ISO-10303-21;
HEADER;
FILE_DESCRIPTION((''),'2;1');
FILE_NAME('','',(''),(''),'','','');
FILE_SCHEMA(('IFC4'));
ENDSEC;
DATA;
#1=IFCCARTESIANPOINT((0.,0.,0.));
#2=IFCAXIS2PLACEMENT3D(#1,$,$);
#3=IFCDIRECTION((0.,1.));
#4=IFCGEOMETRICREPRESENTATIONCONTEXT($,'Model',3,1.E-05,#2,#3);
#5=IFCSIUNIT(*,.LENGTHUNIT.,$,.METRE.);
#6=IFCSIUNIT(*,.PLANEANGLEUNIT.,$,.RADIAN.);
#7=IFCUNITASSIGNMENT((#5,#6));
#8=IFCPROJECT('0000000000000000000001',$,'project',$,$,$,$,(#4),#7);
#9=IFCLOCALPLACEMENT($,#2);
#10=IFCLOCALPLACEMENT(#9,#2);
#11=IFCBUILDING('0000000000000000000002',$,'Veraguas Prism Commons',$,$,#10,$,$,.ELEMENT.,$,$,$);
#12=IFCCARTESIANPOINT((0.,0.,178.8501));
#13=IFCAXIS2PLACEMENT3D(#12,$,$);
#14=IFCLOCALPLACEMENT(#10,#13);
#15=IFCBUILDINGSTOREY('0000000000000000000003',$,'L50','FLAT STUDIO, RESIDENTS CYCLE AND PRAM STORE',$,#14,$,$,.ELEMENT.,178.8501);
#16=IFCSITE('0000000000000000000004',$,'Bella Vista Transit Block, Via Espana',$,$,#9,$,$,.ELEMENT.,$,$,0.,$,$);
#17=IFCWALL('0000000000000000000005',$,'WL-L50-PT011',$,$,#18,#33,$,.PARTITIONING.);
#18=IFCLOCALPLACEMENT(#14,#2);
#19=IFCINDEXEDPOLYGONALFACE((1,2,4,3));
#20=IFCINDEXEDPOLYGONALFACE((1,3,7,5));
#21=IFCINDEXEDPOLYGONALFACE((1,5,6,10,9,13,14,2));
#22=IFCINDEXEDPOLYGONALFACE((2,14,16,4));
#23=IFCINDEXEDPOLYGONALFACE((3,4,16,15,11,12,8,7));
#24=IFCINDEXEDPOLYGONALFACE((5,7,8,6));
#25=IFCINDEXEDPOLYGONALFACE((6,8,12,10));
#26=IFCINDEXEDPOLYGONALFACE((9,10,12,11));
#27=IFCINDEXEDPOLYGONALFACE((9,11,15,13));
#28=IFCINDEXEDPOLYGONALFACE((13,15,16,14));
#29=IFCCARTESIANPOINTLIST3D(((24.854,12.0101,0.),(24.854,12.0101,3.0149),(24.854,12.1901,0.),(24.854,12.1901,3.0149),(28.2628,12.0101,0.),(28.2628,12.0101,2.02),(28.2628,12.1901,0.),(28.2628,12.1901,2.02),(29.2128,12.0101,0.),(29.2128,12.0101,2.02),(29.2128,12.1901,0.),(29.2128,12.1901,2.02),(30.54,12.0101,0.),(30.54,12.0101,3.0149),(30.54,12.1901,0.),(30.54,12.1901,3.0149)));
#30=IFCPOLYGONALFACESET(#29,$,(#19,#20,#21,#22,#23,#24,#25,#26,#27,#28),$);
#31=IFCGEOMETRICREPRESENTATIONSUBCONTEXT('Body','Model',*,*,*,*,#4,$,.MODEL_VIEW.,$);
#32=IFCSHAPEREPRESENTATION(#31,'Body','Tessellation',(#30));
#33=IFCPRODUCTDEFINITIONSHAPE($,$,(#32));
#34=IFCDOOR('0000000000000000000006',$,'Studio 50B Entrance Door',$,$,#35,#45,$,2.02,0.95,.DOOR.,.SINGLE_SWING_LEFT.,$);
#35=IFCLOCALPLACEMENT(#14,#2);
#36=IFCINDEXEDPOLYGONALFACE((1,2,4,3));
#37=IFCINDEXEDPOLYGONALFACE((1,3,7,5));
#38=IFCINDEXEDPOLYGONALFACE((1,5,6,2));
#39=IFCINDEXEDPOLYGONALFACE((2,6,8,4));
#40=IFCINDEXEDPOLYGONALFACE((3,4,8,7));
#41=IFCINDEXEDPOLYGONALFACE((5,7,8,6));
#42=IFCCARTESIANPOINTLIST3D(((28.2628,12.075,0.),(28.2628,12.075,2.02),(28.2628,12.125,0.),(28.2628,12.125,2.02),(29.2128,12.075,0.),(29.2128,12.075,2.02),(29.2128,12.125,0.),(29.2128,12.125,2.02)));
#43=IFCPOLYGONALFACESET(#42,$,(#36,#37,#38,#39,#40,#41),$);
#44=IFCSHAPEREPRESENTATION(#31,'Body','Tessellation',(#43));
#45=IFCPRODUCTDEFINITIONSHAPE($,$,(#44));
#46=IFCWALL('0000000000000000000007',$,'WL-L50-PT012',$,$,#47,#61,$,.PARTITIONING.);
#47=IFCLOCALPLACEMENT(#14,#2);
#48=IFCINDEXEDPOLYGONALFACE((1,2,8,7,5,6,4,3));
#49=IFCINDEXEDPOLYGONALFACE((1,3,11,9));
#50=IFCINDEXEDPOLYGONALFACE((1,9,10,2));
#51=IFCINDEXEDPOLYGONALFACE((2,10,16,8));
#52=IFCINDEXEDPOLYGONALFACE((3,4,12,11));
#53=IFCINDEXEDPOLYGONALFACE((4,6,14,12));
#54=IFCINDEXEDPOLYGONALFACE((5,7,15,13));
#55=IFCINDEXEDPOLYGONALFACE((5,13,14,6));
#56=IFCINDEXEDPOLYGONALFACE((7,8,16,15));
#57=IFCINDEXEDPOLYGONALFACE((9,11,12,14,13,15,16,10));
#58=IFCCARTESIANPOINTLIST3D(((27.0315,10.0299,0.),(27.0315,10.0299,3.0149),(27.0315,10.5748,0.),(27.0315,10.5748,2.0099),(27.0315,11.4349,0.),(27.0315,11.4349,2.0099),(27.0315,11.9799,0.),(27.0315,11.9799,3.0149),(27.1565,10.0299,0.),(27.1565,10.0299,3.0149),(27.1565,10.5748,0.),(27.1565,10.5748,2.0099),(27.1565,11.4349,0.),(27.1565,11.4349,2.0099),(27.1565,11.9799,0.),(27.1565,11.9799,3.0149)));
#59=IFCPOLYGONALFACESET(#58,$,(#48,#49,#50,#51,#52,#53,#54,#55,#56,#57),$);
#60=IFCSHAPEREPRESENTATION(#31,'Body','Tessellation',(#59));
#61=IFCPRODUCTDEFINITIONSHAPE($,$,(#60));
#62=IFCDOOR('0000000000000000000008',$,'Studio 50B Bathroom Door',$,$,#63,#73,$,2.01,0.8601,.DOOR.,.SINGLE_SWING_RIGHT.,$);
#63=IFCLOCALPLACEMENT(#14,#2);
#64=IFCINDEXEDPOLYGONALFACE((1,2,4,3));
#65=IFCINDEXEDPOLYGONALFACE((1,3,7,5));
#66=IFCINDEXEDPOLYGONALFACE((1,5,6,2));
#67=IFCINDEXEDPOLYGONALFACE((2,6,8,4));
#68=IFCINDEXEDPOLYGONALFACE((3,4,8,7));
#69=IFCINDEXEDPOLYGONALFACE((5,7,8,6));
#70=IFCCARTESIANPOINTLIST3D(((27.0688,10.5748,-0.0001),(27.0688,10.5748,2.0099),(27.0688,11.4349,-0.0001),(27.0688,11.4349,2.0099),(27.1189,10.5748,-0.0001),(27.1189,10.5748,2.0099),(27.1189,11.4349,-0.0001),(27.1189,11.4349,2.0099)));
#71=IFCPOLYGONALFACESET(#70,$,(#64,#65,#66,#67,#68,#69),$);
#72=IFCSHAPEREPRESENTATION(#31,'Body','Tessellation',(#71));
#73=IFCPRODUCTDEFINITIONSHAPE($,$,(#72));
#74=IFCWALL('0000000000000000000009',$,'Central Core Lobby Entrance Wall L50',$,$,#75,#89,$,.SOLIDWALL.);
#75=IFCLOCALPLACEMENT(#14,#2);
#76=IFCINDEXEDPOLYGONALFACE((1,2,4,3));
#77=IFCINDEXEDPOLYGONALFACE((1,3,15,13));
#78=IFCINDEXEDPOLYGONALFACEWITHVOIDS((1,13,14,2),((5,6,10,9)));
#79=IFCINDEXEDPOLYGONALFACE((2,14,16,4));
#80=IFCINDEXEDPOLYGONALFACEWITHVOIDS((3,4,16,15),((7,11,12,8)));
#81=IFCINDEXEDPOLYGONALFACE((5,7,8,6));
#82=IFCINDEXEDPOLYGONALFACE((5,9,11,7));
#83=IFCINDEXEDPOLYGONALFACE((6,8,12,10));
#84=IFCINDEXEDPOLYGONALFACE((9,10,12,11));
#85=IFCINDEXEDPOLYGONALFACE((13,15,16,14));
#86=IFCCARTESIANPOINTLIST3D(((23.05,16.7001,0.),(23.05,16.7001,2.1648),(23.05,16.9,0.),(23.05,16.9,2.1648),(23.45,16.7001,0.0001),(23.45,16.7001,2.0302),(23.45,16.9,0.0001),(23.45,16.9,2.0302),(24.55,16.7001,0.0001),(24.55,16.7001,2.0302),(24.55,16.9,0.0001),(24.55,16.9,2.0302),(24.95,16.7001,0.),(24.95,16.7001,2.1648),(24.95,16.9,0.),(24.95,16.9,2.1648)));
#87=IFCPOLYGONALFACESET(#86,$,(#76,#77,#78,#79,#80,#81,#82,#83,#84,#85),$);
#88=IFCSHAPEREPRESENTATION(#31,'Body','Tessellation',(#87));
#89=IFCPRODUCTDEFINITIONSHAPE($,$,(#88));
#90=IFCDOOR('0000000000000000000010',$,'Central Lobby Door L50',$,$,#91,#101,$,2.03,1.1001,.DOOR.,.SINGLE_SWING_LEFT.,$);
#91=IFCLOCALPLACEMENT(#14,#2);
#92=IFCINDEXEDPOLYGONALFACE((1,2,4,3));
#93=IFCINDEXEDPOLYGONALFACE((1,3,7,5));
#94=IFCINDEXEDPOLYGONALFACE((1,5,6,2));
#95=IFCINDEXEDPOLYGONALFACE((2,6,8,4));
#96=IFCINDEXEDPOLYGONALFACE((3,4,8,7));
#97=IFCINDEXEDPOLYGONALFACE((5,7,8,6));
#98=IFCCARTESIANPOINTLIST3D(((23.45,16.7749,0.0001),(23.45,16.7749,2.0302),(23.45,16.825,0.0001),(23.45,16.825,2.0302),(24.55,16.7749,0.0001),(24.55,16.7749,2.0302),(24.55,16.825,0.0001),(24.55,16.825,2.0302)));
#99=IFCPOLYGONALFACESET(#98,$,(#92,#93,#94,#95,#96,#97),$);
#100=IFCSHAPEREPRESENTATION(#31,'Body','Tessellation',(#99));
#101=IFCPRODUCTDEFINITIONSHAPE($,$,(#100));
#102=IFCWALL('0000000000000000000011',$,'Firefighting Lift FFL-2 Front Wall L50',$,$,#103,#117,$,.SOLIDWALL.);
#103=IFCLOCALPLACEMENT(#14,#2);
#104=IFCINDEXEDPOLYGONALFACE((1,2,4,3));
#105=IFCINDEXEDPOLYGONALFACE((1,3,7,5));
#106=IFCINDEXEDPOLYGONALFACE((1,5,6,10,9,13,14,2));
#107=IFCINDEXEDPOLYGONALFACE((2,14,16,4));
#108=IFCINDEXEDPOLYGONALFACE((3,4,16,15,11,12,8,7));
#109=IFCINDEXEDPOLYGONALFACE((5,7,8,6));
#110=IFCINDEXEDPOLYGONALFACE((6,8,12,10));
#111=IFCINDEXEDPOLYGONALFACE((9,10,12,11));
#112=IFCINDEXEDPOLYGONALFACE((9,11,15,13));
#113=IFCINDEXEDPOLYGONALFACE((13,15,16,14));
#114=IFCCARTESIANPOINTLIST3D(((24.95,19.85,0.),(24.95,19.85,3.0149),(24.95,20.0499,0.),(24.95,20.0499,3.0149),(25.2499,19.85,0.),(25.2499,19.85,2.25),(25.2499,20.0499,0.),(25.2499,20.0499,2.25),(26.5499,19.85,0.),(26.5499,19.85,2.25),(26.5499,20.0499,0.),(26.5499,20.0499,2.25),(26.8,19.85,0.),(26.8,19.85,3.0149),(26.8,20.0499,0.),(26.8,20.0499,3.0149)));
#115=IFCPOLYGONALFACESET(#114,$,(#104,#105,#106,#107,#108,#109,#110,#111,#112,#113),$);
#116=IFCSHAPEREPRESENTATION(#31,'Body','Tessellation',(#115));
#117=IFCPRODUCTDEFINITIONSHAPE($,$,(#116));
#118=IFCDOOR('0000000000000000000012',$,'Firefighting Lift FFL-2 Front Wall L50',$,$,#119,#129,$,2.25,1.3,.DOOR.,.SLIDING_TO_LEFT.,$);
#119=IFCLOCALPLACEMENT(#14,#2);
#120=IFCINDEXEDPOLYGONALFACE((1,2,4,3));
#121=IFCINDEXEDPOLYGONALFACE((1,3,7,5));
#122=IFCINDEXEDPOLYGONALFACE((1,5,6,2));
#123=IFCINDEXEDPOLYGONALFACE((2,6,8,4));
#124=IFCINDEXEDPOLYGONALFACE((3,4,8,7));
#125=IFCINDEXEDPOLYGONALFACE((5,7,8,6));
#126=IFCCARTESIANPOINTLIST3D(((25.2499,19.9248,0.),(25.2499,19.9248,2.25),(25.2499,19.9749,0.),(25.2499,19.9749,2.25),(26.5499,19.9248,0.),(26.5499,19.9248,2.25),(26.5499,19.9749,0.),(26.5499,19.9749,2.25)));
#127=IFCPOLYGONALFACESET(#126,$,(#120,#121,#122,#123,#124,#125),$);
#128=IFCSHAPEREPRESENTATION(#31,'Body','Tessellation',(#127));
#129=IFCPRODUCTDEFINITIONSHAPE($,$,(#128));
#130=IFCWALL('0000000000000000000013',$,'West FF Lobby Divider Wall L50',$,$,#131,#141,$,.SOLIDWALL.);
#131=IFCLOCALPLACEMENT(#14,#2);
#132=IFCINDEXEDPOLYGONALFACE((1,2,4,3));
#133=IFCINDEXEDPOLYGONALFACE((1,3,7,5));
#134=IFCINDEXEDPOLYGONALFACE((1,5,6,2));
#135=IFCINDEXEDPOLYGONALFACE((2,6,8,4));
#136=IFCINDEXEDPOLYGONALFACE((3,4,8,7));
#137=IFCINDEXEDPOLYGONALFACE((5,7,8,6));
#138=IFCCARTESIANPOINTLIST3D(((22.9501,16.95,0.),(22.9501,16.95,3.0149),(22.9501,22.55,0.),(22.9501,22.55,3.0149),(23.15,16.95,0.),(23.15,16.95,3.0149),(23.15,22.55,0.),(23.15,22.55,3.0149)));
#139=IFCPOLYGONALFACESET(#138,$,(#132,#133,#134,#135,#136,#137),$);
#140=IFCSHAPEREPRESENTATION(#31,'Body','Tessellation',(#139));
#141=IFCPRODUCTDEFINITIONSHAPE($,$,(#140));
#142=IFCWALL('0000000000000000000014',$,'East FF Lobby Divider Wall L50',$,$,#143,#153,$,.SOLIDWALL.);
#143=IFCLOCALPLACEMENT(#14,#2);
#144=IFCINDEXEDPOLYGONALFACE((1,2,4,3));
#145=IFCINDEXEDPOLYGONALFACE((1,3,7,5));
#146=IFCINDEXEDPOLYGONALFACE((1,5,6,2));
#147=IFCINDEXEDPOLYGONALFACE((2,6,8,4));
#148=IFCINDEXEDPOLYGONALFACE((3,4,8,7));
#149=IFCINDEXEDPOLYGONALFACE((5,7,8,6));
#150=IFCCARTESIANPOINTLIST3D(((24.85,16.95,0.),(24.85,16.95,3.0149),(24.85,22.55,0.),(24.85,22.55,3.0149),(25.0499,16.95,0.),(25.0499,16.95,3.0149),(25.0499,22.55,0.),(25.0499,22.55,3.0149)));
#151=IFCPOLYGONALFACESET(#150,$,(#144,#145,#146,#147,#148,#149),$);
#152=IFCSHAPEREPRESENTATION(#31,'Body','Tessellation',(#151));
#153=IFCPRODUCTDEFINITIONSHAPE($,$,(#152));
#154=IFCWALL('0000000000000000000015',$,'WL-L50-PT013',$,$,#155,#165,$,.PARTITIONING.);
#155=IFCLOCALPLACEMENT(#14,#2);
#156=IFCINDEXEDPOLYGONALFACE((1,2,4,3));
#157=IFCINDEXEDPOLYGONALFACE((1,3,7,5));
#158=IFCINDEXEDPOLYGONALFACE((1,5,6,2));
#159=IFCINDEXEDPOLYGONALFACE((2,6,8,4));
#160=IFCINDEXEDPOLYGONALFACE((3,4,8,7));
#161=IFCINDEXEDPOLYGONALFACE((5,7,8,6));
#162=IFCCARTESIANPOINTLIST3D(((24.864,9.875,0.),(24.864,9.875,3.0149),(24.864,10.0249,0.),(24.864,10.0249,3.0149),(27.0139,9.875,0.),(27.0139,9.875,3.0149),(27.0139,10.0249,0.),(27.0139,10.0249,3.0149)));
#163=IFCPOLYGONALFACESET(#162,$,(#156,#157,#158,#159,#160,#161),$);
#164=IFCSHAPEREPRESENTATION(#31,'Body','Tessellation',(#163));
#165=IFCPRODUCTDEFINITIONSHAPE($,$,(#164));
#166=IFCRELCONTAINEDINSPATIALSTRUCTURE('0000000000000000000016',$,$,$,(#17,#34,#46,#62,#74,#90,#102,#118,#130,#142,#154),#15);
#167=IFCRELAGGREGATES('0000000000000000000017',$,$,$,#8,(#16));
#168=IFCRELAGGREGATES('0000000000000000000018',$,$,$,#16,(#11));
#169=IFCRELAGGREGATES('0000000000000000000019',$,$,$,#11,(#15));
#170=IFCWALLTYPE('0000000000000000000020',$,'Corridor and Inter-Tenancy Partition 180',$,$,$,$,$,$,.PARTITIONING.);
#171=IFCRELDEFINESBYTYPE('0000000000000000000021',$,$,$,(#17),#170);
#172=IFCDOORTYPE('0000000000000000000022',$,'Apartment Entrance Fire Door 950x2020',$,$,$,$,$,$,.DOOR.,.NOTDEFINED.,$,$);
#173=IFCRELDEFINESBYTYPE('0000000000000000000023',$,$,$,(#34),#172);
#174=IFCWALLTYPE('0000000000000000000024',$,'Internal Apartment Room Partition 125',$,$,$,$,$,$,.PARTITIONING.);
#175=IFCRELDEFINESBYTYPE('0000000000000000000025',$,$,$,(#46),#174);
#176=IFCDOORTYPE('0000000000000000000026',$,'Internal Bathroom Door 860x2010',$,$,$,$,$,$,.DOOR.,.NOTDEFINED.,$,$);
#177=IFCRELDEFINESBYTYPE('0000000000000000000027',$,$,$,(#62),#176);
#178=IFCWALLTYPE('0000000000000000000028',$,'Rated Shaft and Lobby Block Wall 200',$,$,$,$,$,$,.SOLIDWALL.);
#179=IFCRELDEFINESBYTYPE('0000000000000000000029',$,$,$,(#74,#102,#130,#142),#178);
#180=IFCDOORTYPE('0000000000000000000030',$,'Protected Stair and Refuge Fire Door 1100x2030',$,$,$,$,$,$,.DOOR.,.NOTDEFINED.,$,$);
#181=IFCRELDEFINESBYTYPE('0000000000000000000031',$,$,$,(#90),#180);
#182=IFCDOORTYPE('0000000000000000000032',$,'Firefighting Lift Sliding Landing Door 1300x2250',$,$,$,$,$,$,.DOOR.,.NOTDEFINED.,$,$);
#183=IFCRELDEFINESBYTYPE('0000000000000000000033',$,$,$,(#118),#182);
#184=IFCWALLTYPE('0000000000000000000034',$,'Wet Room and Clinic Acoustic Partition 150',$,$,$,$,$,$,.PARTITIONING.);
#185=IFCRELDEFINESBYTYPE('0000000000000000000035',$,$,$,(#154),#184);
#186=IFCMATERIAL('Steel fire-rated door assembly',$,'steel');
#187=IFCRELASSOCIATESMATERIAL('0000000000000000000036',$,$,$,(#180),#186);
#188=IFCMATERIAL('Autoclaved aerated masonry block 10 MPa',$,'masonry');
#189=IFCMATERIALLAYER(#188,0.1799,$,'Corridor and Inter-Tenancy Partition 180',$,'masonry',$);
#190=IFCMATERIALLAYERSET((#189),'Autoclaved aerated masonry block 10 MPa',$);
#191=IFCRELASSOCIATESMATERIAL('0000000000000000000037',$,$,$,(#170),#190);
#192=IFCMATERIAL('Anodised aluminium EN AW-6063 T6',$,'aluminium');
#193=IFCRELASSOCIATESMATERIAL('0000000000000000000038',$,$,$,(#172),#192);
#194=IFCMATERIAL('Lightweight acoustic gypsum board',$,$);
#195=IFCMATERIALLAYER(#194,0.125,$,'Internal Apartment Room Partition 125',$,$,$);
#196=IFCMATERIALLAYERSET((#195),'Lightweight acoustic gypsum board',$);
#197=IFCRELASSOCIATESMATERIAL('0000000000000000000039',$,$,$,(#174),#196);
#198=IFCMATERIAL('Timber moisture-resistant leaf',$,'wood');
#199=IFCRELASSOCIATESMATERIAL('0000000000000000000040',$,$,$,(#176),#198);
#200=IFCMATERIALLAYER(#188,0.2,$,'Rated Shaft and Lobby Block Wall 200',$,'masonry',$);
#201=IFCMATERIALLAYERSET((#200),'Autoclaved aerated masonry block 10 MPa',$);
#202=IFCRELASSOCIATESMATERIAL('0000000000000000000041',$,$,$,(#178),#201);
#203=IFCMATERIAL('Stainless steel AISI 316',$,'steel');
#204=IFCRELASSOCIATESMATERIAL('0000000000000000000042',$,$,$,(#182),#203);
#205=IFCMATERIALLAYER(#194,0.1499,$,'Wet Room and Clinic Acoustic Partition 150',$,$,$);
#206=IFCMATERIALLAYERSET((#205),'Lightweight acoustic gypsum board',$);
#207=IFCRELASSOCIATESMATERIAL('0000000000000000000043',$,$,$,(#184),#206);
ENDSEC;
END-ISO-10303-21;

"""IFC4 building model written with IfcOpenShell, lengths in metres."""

from ifc_helpers import new_model, si_unit, direction, frame, frame_2d, origin, place, context, subcontext, project, spatial, rectangle, extrude, source, transform, mapped, material, layer, layer_set, type_object, element, fill, save


model = new_model("IFC4")

# Units and contexts
model_context = context("Model", 3, precision=1e-05, world=origin(), true_north=direction((0.0, 1.0)))
body_context = subcontext(model_context, "Body", "Model", "MODEL_VIEW")
ifc_project = project(units=[si_unit("LENGTHUNIT", "METRE"), si_unit("PLANEANGLEUNIT", "RADIAN")], contexts=[model_context])

# Site, building, storey
site_placement = place(None, origin())
site = spatial("IfcSite", under=ifc_project, at=site_placement, Name="Bella Vista Transit Block, Via Espana", CompositionType="ELEMENT", RefElevation=0.0)
building_placement = place(site_placement, origin())
building = spatial("IfcBuilding", under=site, at=building_placement, Name="Veraguas Prism Commons", CompositionType="ELEMENT")
storey_placement = place(building_placement, frame((0.0, 0.0, 178.8501)))
storey = spatial("IfcBuildingStorey", under=building, at=storey_placement, Name="L50", Description="FLAT STUDIO, RESIDENTS CYCLE AND PRAM STORE", CompositionType="ELEMENT", Elevation=178.8501)

# Shared definitions
ifc_material_1 = material(Name="Steel fire-rated door assembly", Category="steel")
door_type_1 = type_object("IfcDoorType", Name="Protected Stair and Refuge Fire Door 1100x2030", OperationType="NOTDEFINED", PredefinedType="DOOR", material=ifc_material_1)
shared_shape_1 = source(origin(), body_context, "Body", "SweptSolid", [
    extrude(rectangle(XDim=1.1001, YDim=2.03, at=frame_2d((0.55, 1.0151))), frame((0.0, 0.0249, 0.0), z_axis=(0.0, -1.0, 0.0), x_axis=(1.0, 0.0, 0.0)), (0.0, 0.0, 1.0), 0.05),
])

# Shared definitions
ifc_material_2 = material(Name="Autoclaved aerated masonry block 10 MPa", Category="masonry")
ifc_layer_1 = layer(ifc_material_2, 0.1799, Name="Corridor and Inter-Tenancy Partition 180", Category="masonry")
ifc_layer_set_1 = layer_set([ifc_layer_1], Name="Autoclaved aerated masonry block 10 MPa")
wall_type_1 = type_object("IfcWallType", Name="Corridor and Inter-Tenancy Partition 180", PredefinedType="PARTITIONING", material=ifc_layer_set_1)

# Walls, openings, doors
wall_1_placement = place(storey_placement, frame((24.854, 12.1001, 0.0), z_axis=(0.0, 0.0, 1.0), x_axis=(1.0, 0.0, 0.0)))
wall_1 = element("IfcWall", 1, at=wall_1_placement, inside=storey, type_object=wall_type_1, Name="WL-L50-PT011", PredefinedType="PARTITIONING", context=body_context, shape_type="SweptSolid", body=[
    extrude(rectangle(XDim=5.686, YDim=0.1799, at=frame_2d((2.843, 0.0))), origin(), (0.0, 0.0, 1.0), 3.0149),
])
opening_1_placement = place(wall_1_placement, frame((3.4087, 0.0, 0.0)))
opening_1 = element("IfcOpeningElement", 2, at=opening_1_placement, cuts=wall_1, PredefinedType="OPENING", context=body_context, shape_type="SweptSolid", body=[
    extrude(rectangle(XDim=0.95, YDim=2.02, at=frame_2d((0.4751, 1.01))), frame((0.0, 0.0999, 0.0), z_axis=(0.0, -1.0, 0.0), x_axis=(1.0, 0.0, 0.0)), (0.0, 0.0, 1.0), 0.2),
])
ifc_material_3 = material(Name="Anodised aluminium EN AW-6063 T6", Category="aluminium")
door_type_2 = type_object("IfcDoorType", Name="Apartment Entrance Fire Door 950x2020", OperationType="NOTDEFINED", PredefinedType="DOOR", material=ifc_material_3)
shared_shape_2 = source(origin(), body_context, "Body", "SweptSolid", [
    extrude(rectangle(XDim=0.95, YDim=2.02, at=frame_2d((0.4751, 1.01))), frame((0.0, 0.0249, 0.0), z_axis=(0.0, -1.0, 0.0), x_axis=(1.0, 0.0, 0.0)), (0.0, 0.0, 1.0), 0.05),
])
door_1_placement = place(opening_1_placement, origin())
door_1 = element("IfcDoor", 3, at=door_1_placement, inside=storey, type_object=door_type_2, Name="Studio 50B Entrance Door", OperationType="SINGLE_SWING_LEFT", OverallHeight=2.02, OverallWidth=0.95, PredefinedType="DOOR", context=body_context, shape_type="MappedRepresentation", body=[
    mapped(shared_shape_2, transform((0.0, 0.0, 0.0), scale=1.0)),
])
fill(opening_1, door_1)
ifc_material_4 = material(Name="Lightweight acoustic gypsum board")
ifc_layer_2 = layer(ifc_material_4, 0.125, Name="Internal Apartment Room Partition 125")
ifc_layer_set_2 = layer_set([ifc_layer_2], Name="Lightweight acoustic gypsum board")
wall_type_2 = type_object("IfcWallType", Name="Internal Apartment Room Partition 125", PredefinedType="PARTITIONING", material=ifc_layer_set_2)
wall_2_placement = place(storey_placement, frame((27.094, 11.98, 0.0), z_axis=(0.0, 0.0, 1.0), x_axis=(0.0, -1.0, 0.0)))
wall_2 = element("IfcWall", 4, at=wall_2_placement, inside=storey, type_object=wall_type_2, Name="WL-L50-PT012", PredefinedType="PARTITIONING", context=body_context, shape_type="SweptSolid", body=[
    extrude(rectangle(XDim=1.95, YDim=0.125, at=frame_2d((0.9751, 0.0))), origin(), (0.0, 0.0, 1.0), 3.0149),
])
opening_2_placement = place(wall_2_placement, frame((0.5449, 0.0, 0.0)))
opening_2 = element("IfcOpeningElement", 5, at=opening_2_placement, cuts=wall_2, PredefinedType="OPENING", context=body_context, shape_type="SweptSolid", body=[
    extrude(rectangle(XDim=0.8601, YDim=2.01, at=frame_2d((0.4302, 1.0049))), frame((0.0, 0.0725, 0.0), z_axis=(0.0, -1.0, 0.0), x_axis=(1.0, 0.0, 0.0)), (0.0, 0.0, 1.0), 0.145),
])
ifc_material_5 = material(Name="Timber moisture-resistant leaf", Category="wood")
door_type_3 = type_object("IfcDoorType", Name="Internal Bathroom Door 860x2010", OperationType="NOTDEFINED", PredefinedType="DOOR", material=ifc_material_5)
shared_shape_3 = source(origin(), body_context, "Body", "SweptSolid", [
    extrude(rectangle(XDim=0.8601, YDim=2.01, at=frame_2d((0.4302, 1.0049))), frame((0.0, 0.0249, 0.0), z_axis=(0.0, -1.0, 0.0), x_axis=(1.0, 0.0, 0.0)), (0.0, 0.0, 1.0), 0.05),
])
door_2_placement = place(opening_2_placement, origin())
door_2 = element("IfcDoor", 6, at=door_2_placement, inside=storey, type_object=door_type_3, Name="Studio 50B Bathroom Door", OperationType="SINGLE_SWING_RIGHT", OverallHeight=2.01, OverallWidth=0.8601, PredefinedType="DOOR", context=body_context, shape_type="MappedRepresentation", body=[
    mapped(shared_shape_3, transform((0.0, 0.0, 0.0), scale=1.0)),
])
fill(opening_2, door_2)
ifc_layer_3 = layer(ifc_material_2, 0.2, Name="Rated Shaft and Lobby Block Wall 200", Category="masonry")
ifc_layer_set_3 = layer_set([ifc_layer_3], Name="Autoclaved aerated masonry block 10 MPa")
wall_type_3 = type_object("IfcWallType", Name="Rated Shaft and Lobby Block Wall 200", PredefinedType="SOLIDWALL", material=ifc_layer_set_3)
wall_3_placement = place(storey_placement, frame((23.05, 16.8, 0.0), z_axis=(0.0, 0.0, 1.0), x_axis=(1.0, 0.0, 0.0)))
wall_3 = element("IfcWall", 7, at=wall_3_placement, inside=storey, type_object=wall_type_3, Name="Central Core Lobby Entrance Wall L50", PredefinedType="SOLIDWALL", context=body_context, shape_type="SweptSolid", body=[
    extrude(rectangle(XDim=1.8999, YDim=0.2, at=frame_2d((0.95, 0.0))), origin(), (0.0, 0.0, 1.0), 2.1648),
])
opening_3_placement = place(wall_3_placement, frame((0.3999, 0.0, 0.0)))
opening_3 = element("IfcOpeningElement", 8, at=opening_3_placement, cuts=wall_3, PredefinedType="OPENING", context=body_context, shape_type="SweptSolid", body=[
    extrude(rectangle(XDim=1.1001, YDim=2.03, at=frame_2d((0.55, 1.0151))), frame((0.0, 0.1099, 0.0), z_axis=(0.0, -1.0, 0.0), x_axis=(1.0, 0.0, 0.0)), (0.0, 0.0, 1.0), 0.22),
])
door_3_placement = place(opening_3_placement, origin())
door_3 = element("IfcDoor", 9, at=door_3_placement, inside=storey, type_object=door_type_1, Name="Central Lobby Door L50", OperationType="SINGLE_SWING_LEFT", OverallHeight=2.03, OverallWidth=1.1001, PredefinedType="DOOR", context=body_context, shape_type="MappedRepresentation", body=[
    mapped(shared_shape_1, transform((0.0, 0.0, 0.0), scale=1.0)),
])
fill(opening_3, door_3)
wall_4_placement = place(storey_placement, frame((24.95, 19.95, 0.0), z_axis=(0.0, 0.0, 1.0), x_axis=(1.0, 0.0, 0.0)))
wall_4 = element("IfcWall", 10, at=wall_4_placement, inside=storey, type_object=wall_type_3, Name="Firefighting Lift FFL-2 Front Wall L50", PredefinedType="SOLIDWALL", context=body_context, shape_type="SweptSolid", body=[
    extrude(rectangle(XDim=1.8501, YDim=0.2, at=frame_2d((0.925, 0.0))), origin(), (0.0, 0.0, 1.0), 3.0149),
])
opening_4_placement = place(wall_4_placement, frame((0.3, 0.0, 0.0)))
opening_4 = element("IfcOpeningElement", 11, at=opening_4_placement, cuts=wall_4, PredefinedType="OPENING", context=body_context, shape_type="SweptSolid", body=[
    extrude(rectangle(XDim=1.3, YDim=2.25, at=frame_2d((0.6499, 1.125))), frame((0.0, 0.1099, 0.0), z_axis=(0.0, -1.0, 0.0), x_axis=(1.0, 0.0, 0.0)), (0.0, 0.0, 1.0), 0.22),
])
ifc_material_6 = material(Name="Stainless steel AISI 316", Category="steel")
door_type_4 = type_object("IfcDoorType", Name="Firefighting Lift Sliding Landing Door 1300x2250", OperationType="NOTDEFINED", PredefinedType="DOOR", material=ifc_material_6)
shared_shape_4 = source(origin(), body_context, "Body", "SweptSolid", [
    extrude(rectangle(XDim=1.3, YDim=2.25, at=frame_2d((0.6499, 1.125))), frame((0.0, 0.0249, 0.0), z_axis=(0.0, -1.0, 0.0), x_axis=(1.0, 0.0, 0.0)), (0.0, 0.0, 1.0), 0.05),
])
door_4_placement = place(opening_4_placement, origin())
door_4 = element("IfcDoor", 12, at=door_4_placement, inside=storey, type_object=door_type_4, Name="Firefighting Lift FFL-2 Front Wall L50", OperationType="SLIDING_TO_LEFT", OverallHeight=2.25, OverallWidth=1.3, PredefinedType="DOOR", context=body_context, shape_type="MappedRepresentation", body=[
    mapped(shared_shape_4, transform((0.0, 0.0, 0.0), scale=1.0)),
])
fill(opening_4, door_4)

# Walls
for number, where, z_axis, x_axis, name in (
    (13, (23.05, 16.95, 0.0), (0.0, 0.0, 1.0), (0.0, 1.0, 0.0), "West FF Lobby Divider Wall L50"),
    (14, (24.95, 16.95, 0.0), (0.0, 0.0, 1.0), (0.0, 1.0, 0.0), "East FF Lobby Divider Wall L50"),
):
    element("IfcWall", number, at=place(storey_placement, frame(where, z_axis=z_axis, x_axis=x_axis)), inside=storey, type_object=wall_type_3, Name=name, PredefinedType="SOLIDWALL", context=body_context, shape_type="SweptSolid", body=[
        extrude(rectangle(XDim=5.6001, YDim=0.2, at=frame_2d((2.8, 0.0))), origin(), (0.0, 0.0, 1.0), 3.0149),
    ])
ifc_layer_4 = layer(ifc_material_4, 0.1499, Name="Wet Room and Clinic Acoustic Partition 150")
ifc_layer_set_4 = layer_set([ifc_layer_4], Name="Lightweight acoustic gypsum board")
wall_type_4 = type_object("IfcWallType", Name="Wet Room and Clinic Acoustic Partition 150", PredefinedType="PARTITIONING", material=ifc_layer_set_4)
wall_5_placement = place(storey_placement, frame((24.864, 9.95, 0.0), z_axis=(0.0, 0.0, 1.0), x_axis=(1.0, 0.0, 0.0)))
element("IfcWall", 15, at=wall_5_placement, inside=storey, type_object=wall_type_4, Name="WL-L50-PT013", PredefinedType="PARTITIONING", context=body_context, shape_type="SweptSolid", body=[
    extrude(rectangle(XDim=2.1499, YDim=0.1499, at=frame_2d((1.075, 0.0))), origin(), (0.0, 0.0, 1.0), 3.0149),
])

save(model, "model.ifc")
